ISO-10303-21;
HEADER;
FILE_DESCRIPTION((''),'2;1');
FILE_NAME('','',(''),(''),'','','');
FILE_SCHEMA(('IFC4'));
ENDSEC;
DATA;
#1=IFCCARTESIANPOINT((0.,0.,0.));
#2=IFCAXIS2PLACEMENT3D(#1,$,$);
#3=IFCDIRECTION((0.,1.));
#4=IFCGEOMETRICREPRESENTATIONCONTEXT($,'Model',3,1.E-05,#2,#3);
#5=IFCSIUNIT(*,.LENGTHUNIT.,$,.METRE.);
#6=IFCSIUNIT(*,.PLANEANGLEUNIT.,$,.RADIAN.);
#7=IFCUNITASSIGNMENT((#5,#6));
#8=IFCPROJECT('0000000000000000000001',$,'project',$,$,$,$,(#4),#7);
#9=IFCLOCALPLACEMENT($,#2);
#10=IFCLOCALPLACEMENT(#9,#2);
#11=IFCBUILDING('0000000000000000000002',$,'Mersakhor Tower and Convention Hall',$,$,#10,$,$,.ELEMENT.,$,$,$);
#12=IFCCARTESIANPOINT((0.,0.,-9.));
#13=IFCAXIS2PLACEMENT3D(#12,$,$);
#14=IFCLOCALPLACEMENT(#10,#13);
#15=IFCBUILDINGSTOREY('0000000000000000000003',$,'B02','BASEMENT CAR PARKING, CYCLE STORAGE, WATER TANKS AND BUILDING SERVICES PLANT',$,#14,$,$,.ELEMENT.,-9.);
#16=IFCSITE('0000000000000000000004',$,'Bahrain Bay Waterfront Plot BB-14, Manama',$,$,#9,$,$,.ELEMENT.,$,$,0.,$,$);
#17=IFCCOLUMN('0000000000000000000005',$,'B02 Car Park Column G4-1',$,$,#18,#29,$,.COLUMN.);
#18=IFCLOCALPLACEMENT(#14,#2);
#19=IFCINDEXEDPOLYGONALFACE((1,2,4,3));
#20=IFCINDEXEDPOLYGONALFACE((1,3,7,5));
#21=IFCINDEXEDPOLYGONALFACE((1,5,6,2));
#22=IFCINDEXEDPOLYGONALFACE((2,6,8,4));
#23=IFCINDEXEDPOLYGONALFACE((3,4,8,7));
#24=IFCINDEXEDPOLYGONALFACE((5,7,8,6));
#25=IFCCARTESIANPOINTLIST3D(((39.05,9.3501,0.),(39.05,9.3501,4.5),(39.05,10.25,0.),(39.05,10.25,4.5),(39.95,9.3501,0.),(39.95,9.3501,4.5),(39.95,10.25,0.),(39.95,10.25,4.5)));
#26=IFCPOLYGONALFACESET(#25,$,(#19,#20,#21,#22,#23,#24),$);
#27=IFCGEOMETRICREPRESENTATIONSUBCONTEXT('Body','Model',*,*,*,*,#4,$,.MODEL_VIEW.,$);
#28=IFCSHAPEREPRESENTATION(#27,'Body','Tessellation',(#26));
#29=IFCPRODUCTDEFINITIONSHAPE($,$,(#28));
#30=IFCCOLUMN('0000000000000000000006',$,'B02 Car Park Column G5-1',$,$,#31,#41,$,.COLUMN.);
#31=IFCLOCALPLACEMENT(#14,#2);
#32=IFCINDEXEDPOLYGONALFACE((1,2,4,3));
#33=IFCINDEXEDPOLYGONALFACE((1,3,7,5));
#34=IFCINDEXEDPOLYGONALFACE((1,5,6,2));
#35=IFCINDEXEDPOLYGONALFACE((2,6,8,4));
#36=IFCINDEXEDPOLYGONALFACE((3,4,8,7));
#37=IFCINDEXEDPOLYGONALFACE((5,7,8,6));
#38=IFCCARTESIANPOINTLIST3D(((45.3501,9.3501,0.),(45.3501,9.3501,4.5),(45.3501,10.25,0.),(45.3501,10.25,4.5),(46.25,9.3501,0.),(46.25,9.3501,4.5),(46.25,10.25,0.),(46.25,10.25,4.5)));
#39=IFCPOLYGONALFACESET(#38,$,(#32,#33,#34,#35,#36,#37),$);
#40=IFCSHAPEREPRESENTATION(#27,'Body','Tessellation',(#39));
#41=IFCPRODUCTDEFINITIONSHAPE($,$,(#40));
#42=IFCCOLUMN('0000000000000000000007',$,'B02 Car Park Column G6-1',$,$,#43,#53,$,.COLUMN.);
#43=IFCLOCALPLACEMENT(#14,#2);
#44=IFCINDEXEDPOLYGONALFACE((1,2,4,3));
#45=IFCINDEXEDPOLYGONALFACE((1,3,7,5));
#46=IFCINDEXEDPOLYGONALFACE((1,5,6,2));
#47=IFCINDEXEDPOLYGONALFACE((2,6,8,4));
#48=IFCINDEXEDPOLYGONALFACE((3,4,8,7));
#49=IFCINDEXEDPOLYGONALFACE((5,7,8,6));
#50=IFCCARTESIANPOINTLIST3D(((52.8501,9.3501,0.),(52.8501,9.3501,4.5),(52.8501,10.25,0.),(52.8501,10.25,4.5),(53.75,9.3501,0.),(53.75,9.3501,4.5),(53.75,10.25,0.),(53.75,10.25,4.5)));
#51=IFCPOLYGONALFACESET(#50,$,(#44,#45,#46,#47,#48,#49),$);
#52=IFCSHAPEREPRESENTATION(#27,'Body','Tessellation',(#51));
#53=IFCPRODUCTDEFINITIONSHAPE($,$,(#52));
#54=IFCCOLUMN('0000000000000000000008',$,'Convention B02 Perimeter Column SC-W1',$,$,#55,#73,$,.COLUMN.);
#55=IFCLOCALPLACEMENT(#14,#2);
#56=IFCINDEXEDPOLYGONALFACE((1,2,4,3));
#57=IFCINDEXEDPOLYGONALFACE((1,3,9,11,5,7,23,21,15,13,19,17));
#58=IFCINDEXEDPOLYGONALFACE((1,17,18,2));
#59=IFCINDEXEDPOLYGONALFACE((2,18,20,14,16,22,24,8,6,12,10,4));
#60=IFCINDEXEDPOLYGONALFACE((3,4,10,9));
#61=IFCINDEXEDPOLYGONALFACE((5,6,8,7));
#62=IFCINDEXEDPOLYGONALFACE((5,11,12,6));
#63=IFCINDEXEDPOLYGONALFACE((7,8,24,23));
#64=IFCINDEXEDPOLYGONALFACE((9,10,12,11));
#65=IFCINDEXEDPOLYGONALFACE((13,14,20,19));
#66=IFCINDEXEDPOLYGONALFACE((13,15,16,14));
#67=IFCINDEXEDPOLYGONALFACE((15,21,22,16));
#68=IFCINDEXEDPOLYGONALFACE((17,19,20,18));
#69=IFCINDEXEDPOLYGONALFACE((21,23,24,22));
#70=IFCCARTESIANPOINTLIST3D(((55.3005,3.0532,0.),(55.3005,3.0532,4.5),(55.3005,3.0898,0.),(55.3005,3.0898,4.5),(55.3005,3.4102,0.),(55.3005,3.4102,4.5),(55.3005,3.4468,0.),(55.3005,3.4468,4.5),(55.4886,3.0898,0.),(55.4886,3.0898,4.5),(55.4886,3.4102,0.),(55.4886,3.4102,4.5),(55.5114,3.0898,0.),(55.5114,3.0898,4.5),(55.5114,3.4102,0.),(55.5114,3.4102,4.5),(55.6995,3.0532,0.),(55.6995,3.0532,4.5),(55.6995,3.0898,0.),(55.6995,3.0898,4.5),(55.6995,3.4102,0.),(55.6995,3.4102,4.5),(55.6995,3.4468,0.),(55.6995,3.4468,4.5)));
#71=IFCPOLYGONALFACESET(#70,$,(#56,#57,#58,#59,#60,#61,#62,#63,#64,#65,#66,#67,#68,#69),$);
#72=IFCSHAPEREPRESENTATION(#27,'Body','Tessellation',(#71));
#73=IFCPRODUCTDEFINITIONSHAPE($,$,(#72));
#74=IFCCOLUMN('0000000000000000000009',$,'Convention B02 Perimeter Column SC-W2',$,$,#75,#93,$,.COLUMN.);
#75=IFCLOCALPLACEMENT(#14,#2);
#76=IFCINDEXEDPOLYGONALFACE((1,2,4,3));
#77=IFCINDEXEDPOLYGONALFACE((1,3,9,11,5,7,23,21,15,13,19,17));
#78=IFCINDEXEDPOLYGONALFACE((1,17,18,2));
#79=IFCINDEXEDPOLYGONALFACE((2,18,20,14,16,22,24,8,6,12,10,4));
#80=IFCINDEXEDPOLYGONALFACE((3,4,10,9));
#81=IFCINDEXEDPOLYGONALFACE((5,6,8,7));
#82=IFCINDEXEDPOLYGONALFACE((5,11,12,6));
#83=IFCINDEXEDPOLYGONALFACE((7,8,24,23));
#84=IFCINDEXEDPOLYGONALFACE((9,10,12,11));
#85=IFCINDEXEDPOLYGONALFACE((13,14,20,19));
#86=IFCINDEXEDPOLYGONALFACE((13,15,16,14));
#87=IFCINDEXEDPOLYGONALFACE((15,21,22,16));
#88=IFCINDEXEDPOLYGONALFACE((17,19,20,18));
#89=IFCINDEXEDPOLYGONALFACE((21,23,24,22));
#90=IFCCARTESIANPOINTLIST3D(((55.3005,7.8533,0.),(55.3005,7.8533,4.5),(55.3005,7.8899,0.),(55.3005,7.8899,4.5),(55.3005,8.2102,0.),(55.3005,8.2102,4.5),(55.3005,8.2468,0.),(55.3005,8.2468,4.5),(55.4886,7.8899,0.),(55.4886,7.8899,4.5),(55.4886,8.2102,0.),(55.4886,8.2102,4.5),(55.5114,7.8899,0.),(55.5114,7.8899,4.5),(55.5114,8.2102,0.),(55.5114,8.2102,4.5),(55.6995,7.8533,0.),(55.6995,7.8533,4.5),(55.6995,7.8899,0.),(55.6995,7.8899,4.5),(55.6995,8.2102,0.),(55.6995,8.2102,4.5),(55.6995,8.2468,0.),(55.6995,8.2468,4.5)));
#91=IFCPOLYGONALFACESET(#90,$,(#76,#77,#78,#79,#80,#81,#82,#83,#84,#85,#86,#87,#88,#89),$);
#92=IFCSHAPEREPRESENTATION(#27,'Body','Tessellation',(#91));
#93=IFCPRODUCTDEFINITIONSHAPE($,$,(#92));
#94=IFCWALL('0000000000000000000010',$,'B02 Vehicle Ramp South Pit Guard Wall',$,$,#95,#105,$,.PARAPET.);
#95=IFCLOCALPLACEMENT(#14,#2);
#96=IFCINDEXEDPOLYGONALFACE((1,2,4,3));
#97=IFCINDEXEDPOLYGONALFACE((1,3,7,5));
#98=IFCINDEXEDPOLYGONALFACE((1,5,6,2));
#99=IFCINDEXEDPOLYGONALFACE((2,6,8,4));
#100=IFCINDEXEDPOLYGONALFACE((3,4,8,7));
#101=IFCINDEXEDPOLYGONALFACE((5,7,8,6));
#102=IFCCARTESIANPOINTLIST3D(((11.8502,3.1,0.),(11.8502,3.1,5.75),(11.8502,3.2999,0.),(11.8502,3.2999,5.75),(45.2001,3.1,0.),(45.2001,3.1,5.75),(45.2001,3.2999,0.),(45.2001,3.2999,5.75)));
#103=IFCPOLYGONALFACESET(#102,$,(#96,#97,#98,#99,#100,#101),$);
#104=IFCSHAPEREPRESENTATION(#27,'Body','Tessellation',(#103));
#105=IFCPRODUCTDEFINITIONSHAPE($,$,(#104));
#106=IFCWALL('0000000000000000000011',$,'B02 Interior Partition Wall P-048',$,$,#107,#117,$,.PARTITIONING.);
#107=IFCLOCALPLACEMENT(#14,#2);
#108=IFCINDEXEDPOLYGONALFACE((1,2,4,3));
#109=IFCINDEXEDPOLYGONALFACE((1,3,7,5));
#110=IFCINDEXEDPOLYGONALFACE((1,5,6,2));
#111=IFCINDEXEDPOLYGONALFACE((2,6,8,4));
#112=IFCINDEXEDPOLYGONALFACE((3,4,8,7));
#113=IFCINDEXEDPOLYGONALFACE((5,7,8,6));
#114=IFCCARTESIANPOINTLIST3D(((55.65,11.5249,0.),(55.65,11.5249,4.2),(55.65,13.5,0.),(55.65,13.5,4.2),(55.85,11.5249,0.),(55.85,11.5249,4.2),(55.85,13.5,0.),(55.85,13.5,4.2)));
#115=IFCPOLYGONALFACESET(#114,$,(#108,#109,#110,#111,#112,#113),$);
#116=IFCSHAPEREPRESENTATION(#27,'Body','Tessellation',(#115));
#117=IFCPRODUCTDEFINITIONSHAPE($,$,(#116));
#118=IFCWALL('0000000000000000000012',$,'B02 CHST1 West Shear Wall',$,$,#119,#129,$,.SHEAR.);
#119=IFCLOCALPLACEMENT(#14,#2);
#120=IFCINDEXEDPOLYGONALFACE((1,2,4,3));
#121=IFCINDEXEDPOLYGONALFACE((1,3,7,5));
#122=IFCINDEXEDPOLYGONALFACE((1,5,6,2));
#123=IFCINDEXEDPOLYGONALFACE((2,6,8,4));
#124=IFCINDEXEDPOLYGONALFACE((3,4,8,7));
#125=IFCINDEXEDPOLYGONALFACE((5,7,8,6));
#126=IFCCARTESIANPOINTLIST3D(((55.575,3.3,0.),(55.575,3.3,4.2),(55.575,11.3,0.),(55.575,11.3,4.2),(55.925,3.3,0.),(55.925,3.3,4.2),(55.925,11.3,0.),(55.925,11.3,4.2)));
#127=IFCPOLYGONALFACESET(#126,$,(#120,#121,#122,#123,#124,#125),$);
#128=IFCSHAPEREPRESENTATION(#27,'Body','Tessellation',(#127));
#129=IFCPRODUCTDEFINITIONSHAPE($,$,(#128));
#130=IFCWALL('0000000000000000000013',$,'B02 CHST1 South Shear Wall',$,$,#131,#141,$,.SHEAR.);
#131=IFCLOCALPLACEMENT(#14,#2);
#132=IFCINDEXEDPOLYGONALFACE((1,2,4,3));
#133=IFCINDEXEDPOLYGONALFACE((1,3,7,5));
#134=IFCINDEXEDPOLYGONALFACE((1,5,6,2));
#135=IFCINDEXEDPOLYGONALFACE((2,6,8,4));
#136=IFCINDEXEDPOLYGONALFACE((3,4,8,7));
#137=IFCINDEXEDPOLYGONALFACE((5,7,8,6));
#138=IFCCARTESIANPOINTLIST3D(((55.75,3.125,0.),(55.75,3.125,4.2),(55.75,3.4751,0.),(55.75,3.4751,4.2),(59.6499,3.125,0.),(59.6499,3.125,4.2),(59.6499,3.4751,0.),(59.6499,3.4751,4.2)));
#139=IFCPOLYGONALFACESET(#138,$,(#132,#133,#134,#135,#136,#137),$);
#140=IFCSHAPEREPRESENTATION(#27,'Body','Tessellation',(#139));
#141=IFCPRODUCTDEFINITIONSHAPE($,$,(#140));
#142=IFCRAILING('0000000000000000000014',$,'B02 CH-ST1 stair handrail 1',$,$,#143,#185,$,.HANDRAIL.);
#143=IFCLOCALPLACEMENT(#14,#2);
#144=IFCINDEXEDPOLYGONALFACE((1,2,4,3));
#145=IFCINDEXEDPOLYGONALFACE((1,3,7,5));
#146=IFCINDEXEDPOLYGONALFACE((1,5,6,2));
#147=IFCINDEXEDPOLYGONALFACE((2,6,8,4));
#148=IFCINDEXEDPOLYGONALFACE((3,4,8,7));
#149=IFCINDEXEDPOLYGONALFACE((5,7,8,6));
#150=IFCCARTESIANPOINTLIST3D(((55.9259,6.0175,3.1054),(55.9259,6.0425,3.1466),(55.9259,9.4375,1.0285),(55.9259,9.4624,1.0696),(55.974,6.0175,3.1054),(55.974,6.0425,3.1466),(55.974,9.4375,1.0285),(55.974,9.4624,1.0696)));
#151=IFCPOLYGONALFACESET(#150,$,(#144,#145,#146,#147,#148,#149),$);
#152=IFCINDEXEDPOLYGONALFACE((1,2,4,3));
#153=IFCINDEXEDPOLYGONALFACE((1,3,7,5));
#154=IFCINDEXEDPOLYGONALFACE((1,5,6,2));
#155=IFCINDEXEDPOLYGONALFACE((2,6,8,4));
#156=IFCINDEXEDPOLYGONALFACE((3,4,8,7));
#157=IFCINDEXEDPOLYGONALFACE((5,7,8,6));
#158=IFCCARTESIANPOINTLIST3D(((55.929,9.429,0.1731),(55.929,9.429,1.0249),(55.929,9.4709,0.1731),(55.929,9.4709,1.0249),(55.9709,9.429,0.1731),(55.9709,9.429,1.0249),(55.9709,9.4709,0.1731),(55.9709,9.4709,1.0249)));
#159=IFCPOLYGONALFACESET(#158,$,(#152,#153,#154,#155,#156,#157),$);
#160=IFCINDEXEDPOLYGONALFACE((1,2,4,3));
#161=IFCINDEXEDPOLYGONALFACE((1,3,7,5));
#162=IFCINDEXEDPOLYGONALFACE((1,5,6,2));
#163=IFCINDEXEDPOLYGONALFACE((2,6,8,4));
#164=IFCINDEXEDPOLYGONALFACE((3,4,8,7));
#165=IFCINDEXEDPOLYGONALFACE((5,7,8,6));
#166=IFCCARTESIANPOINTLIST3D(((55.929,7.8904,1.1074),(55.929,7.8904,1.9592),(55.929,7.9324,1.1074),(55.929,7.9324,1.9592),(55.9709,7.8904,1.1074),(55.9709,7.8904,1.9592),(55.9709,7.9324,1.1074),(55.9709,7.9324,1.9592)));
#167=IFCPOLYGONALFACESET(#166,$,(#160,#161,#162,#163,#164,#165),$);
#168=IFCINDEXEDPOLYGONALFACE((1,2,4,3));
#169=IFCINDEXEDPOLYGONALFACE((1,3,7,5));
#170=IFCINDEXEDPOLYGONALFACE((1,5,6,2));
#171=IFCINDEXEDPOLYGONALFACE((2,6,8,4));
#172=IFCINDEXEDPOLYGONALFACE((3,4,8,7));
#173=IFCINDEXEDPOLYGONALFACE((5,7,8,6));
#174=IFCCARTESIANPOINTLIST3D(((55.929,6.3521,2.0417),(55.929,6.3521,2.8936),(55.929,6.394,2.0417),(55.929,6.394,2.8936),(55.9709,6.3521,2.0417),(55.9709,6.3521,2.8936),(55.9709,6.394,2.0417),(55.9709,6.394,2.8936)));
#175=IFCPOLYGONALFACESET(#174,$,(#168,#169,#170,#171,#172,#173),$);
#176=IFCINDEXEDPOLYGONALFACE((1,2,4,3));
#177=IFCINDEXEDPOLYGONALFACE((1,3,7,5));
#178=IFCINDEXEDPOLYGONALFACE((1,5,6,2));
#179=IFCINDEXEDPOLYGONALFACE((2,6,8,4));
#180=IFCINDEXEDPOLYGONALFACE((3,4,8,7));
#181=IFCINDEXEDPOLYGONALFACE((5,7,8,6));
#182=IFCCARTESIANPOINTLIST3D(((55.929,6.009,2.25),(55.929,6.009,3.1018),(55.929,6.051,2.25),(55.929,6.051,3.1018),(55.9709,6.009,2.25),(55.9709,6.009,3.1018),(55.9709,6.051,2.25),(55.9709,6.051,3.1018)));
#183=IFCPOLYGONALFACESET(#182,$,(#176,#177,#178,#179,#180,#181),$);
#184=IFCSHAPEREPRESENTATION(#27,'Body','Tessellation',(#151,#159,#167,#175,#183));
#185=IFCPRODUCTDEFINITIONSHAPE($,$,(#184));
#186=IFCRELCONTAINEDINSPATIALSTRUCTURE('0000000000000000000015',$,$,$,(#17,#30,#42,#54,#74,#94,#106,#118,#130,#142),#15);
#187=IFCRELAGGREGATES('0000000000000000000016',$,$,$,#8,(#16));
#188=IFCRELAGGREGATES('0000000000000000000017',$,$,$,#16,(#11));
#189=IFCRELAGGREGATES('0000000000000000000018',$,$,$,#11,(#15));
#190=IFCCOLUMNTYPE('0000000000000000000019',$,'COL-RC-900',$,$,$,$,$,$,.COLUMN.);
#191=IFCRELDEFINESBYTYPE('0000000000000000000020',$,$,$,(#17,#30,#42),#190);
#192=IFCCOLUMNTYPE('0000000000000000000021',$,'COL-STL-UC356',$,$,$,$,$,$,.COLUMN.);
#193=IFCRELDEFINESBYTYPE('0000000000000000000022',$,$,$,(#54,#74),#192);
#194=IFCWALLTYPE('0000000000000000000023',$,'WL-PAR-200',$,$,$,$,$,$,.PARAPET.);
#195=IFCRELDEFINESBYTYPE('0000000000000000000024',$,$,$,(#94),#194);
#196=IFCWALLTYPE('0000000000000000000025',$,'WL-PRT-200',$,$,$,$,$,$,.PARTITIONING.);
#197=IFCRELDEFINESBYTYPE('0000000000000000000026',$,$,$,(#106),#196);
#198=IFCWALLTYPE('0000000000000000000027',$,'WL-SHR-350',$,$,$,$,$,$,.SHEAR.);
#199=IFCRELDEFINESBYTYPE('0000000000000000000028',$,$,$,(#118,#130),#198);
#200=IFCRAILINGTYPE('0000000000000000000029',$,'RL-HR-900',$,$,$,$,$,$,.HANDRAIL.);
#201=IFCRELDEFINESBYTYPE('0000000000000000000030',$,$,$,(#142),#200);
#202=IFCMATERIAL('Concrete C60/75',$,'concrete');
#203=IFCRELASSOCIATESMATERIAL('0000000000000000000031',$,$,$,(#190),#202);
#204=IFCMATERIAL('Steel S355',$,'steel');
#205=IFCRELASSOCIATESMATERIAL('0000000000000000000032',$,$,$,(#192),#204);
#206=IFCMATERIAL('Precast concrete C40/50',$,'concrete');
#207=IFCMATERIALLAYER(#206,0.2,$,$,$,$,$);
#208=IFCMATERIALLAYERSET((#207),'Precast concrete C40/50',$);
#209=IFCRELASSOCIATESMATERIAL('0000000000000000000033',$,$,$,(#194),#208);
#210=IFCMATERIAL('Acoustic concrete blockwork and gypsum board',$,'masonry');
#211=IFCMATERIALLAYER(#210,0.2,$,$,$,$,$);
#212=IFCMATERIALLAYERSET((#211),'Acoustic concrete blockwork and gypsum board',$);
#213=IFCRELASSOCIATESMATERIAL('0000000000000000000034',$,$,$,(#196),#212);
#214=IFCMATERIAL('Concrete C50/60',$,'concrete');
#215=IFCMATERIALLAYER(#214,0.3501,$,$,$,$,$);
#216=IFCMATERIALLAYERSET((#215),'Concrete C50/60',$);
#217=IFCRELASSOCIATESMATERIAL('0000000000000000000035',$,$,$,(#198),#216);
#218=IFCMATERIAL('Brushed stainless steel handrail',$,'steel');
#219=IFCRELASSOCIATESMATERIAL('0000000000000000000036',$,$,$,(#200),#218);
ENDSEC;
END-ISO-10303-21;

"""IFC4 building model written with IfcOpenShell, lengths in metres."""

from ifc_helpers import new_model, si_unit, direction, frame, frame_2d, origin, origin_2d, place, context, subcontext, project, spatial, rectangle, i_section, extrude, material, layer, layer_set, material_profile, profile_set, type_object, element, save


model = new_model("IFC4")

# Units and contexts
model_context = context("Model", 3, precision=1e-05, world=origin(), true_north=direction((0.0, 1.0)))
body_context = subcontext(model_context, "Body", "Model", "MODEL_VIEW")
ifc_project = project(units=[si_unit("LENGTHUNIT", "METRE"), si_unit("PLANEANGLEUNIT", "RADIAN")], contexts=[model_context])

# Site, building, storey
site_placement = place(None, origin())
site = spatial("IfcSite", under=ifc_project, at=site_placement, Name="Bahrain Bay Waterfront Plot BB-14, Manama", CompositionType="ELEMENT", RefElevation=0.0)
building_placement = place(site_placement, origin())
building = spatial("IfcBuilding", under=site, at=building_placement, Name="Mersakhor Tower and Convention Hall", CompositionType="ELEMENT")
storey_placement = place(building_placement, frame((0.0, 0.0, -9.0)))
storey = spatial("IfcBuildingStorey", under=building, at=storey_placement, Name="B02", Description="BASEMENT CAR PARKING, CYCLE STORAGE, WATER TANKS AND BUILDING SERVICES PLANT", CompositionType="ELEMENT", Elevation=-9.0)

# Columns
ifc_material_1 = material(Name="Concrete C60/75", Category="concrete")
ifc_material_profile_1 = material_profile(ifc_material_1, rectangle(XDim=0.8999, YDim=0.8999, at=origin_2d()), Name="RC 900x900")
ifc_profile_set_1 = profile_set([ifc_material_profile_1], Name="Concrete C60/75")
column_type_1 = type_object("IfcColumnType", Name="COL-RC-900", PredefinedType="COLUMN", material=ifc_profile_set_1)
for number, where, z_axis, x_axis, name in (
    (1, (39.5, 9.8, 0.0), (0.0, 0.0, 1.0), (1.0, 0.0, 0.0), "B02 Car Park Column G4-1"),
    (2, (45.8, 9.8, 0.0), (0.0, 0.0, 1.0), (1.0, 0.0, 0.0), "B02 Car Park Column G5-1"),
    (3, (53.3, 9.8, 0.0), (0.0, 0.0, 1.0), (1.0, 0.0, 0.0), "B02 Car Park Column G6-1"),
):
    element("IfcColumn", number, at=place(storey_placement, frame(where, z_axis=z_axis, x_axis=x_axis)), inside=storey, type_object=column_type_1, Name=name, PredefinedType="COLUMN", context=body_context, shape_type="SweptSolid", body=[
        extrude(rectangle(XDim=0.8999, YDim=0.8999, at=origin_2d()), origin(), (0.0, 0.0, 1.0), 4.5),
    ])
ifc_material_2 = material(Name="Steel S355", Category="steel")
ifc_material_profile_2 = material_profile(ifc_material_2, i_section(OverallWidth=0.3989, OverallDepth=0.3936, WebThickness=0.0227, FlangeThickness=0.0366, at=origin_2d()), Name="UC 356x406x287")
ifc_profile_set_2 = profile_set([ifc_material_profile_2], Name="Steel S355")
column_type_2 = type_object("IfcColumnType", Name="COL-STL-UC356", PredefinedType="COLUMN", material=ifc_profile_set_2)
for number, where, z_axis, x_axis, name in (
    (4, (55.5, 3.25, 0.0), (0.0, 0.0, 1.0), (1.0, 0.0, 0.0), "Convention B02 Perimeter Column SC-W1"),
    (5, (55.5, 8.05, 0.0), (0.0, 0.0, 1.0), (1.0, 0.0, 0.0), "Convention B02 Perimeter Column SC-W2"),
):
    element("IfcColumn", number, at=place(storey_placement, frame(where, z_axis=z_axis, x_axis=x_axis)), inside=storey, type_object=column_type_2, Name=name, PredefinedType="COLUMN", context=body_context, shape_type="SweptSolid", body=[
        extrude(i_section(OverallWidth=0.3989, OverallDepth=0.3936, WebThickness=0.0227, FlangeThickness=0.0366, at=origin_2d()), origin(), (0.0, 0.0, 1.0), 4.5),
    ])

# Walls
ifc_material_3 = material(Name="Precast concrete C40/50", Category="concrete")
ifc_layer_1 = layer(ifc_material_3, 0.2)
ifc_layer_set_1 = layer_set([ifc_layer_1], Name="Precast concrete C40/50")
wall_type_1 = type_object("IfcWallType", Name="WL-PAR-200", PredefinedType="PARAPET", material=ifc_layer_set_1)
wall_1_placement = place(storey_placement, frame((45.2, 3.2, 0.0), z_axis=(0.0, 0.0, 1.0), x_axis=(-1.0, 0.0, 0.0)))
element("IfcWall", 6, at=wall_1_placement, inside=storey, type_object=wall_type_1, Name="B02 Vehicle Ramp South Pit Guard Wall", PredefinedType="PARAPET", context=body_context, shape_type="SweptSolid", body=[
    extrude(rectangle(XDim=33.3499, YDim=0.2, at=frame_2d((16.6748, 0.0))), origin(), (0.0, 0.0, 1.0), 5.75),
])
ifc_material_4 = material(Name="Acoustic concrete blockwork and gypsum board", Category="masonry")
ifc_layer_2 = layer(ifc_material_4, 0.2)
ifc_layer_set_2 = layer_set([ifc_layer_2], Name="Acoustic concrete blockwork and gypsum board")
wall_type_2 = type_object("IfcWallType", Name="WL-PRT-200", PredefinedType="PARTITIONING", material=ifc_layer_set_2)
wall_2_placement = place(storey_placement, frame((55.75, 11.5249, 0.0), z_axis=(0.0, 0.0, 1.0), x_axis=(0.0, 1.0, 0.0)))
element("IfcWall", 7, at=wall_2_placement, inside=storey, type_object=wall_type_2, Name="B02 Interior Partition Wall P-048", PredefinedType="PARTITIONING", context=body_context, shape_type="SweptSolid", body=[
    extrude(rectangle(XDim=1.9751, YDim=0.2, at=frame_2d((0.9875, 0.0))), origin(), (0.0, 0.0, 1.0), 4.2),
])
ifc_material_5 = material(Name="Concrete C50/60", Category="concrete")
ifc_layer_3 = layer(ifc_material_5, 0.3501)
ifc_layer_set_3 = layer_set([ifc_layer_3], Name="Concrete C50/60")
wall_type_3 = type_object("IfcWallType", Name="WL-SHR-350", PredefinedType="SHEAR", material=ifc_layer_set_3)
wall_3_placement = place(storey_placement, frame((55.75, 3.3, 0.0), z_axis=(0.0, 0.0, 1.0), x_axis=(0.0, 1.0, 0.0)))
element("IfcWall", 8, at=wall_3_placement, inside=storey, type_object=wall_type_3, Name="B02 CHST1 West Shear Wall", PredefinedType="SHEAR", context=body_context, shape_type="SweptSolid", body=[
    extrude(rectangle(XDim=8.0, YDim=0.3501, at=frame_2d((4.0, 0.0))), origin(), (0.0, 0.0, 1.0), 4.2),
])

# Wall
wall_4_placement = place(storey_placement, frame((55.75, 3.3, 0.0), z_axis=(0.0, 0.0, 1.0), x_axis=(1.0, 0.0, 0.0)))
element("IfcWall", 9, at=wall_4_placement, inside=storey, type_object=wall_type_3, Name="B02 CHST1 South Shear Wall", PredefinedType="SHEAR", context=body_context, shape_type="SweptSolid", body=[
    extrude(rectangle(XDim=3.8999, YDim=0.3501, at=frame_2d((1.95, 0.0))), origin(), (0.0, 0.0, 1.0), 4.2),
])

# Railing
ifc_material_6 = material(Name="Brushed stainless steel handrail", Category="steel")
railing_type = type_object("IfcRailingType", Name="RL-HR-900", PredefinedType="HANDRAIL", material=ifc_material_6)
railing_placement = place(storey_placement, frame((55.95, 9.45, 0.1731)))
element("IfcRailing", 10, at=railing_placement, inside=storey, type_object=railing_type, Name="B02 CH-ST1 stair handrail 1", PredefinedType="HANDRAIL", context=body_context, shape_type="SweptSolid", body=[
    extrude(rectangle(XDim=0.0481, YDim=0.0481, at=origin_2d()), frame((0.0, 0.0, 0.876), z_axis=(0.0, -0.85473, 0.519074), x_axis=(1.0, 0.0, 0.0)), (0.0, 0.0, 1.0), 4.0012),
    extrude(rectangle(XDim=0.042, YDim=0.042, at=origin_2d()), origin(), (0.0, 0.0, 1.0), 0.8518),
    extrude(rectangle(XDim=0.042, YDim=0.042, at=origin_2d()), frame((0.0, -1.5386, 0.9343)), (0.0, 0.0, 1.0), 0.8518),
    extrude(rectangle(XDim=0.042, YDim=0.042, at=origin_2d()), frame((0.0, -3.0769, 1.8687)), (0.0, 0.0, 1.0), 0.8518),
    extrude(rectangle(XDim=0.042, YDim=0.042, at=origin_2d()), frame((0.0, -3.4199, 2.0769)), (0.0, 0.0, 1.0), 0.8518),
])

save(model, "model.ifc")
